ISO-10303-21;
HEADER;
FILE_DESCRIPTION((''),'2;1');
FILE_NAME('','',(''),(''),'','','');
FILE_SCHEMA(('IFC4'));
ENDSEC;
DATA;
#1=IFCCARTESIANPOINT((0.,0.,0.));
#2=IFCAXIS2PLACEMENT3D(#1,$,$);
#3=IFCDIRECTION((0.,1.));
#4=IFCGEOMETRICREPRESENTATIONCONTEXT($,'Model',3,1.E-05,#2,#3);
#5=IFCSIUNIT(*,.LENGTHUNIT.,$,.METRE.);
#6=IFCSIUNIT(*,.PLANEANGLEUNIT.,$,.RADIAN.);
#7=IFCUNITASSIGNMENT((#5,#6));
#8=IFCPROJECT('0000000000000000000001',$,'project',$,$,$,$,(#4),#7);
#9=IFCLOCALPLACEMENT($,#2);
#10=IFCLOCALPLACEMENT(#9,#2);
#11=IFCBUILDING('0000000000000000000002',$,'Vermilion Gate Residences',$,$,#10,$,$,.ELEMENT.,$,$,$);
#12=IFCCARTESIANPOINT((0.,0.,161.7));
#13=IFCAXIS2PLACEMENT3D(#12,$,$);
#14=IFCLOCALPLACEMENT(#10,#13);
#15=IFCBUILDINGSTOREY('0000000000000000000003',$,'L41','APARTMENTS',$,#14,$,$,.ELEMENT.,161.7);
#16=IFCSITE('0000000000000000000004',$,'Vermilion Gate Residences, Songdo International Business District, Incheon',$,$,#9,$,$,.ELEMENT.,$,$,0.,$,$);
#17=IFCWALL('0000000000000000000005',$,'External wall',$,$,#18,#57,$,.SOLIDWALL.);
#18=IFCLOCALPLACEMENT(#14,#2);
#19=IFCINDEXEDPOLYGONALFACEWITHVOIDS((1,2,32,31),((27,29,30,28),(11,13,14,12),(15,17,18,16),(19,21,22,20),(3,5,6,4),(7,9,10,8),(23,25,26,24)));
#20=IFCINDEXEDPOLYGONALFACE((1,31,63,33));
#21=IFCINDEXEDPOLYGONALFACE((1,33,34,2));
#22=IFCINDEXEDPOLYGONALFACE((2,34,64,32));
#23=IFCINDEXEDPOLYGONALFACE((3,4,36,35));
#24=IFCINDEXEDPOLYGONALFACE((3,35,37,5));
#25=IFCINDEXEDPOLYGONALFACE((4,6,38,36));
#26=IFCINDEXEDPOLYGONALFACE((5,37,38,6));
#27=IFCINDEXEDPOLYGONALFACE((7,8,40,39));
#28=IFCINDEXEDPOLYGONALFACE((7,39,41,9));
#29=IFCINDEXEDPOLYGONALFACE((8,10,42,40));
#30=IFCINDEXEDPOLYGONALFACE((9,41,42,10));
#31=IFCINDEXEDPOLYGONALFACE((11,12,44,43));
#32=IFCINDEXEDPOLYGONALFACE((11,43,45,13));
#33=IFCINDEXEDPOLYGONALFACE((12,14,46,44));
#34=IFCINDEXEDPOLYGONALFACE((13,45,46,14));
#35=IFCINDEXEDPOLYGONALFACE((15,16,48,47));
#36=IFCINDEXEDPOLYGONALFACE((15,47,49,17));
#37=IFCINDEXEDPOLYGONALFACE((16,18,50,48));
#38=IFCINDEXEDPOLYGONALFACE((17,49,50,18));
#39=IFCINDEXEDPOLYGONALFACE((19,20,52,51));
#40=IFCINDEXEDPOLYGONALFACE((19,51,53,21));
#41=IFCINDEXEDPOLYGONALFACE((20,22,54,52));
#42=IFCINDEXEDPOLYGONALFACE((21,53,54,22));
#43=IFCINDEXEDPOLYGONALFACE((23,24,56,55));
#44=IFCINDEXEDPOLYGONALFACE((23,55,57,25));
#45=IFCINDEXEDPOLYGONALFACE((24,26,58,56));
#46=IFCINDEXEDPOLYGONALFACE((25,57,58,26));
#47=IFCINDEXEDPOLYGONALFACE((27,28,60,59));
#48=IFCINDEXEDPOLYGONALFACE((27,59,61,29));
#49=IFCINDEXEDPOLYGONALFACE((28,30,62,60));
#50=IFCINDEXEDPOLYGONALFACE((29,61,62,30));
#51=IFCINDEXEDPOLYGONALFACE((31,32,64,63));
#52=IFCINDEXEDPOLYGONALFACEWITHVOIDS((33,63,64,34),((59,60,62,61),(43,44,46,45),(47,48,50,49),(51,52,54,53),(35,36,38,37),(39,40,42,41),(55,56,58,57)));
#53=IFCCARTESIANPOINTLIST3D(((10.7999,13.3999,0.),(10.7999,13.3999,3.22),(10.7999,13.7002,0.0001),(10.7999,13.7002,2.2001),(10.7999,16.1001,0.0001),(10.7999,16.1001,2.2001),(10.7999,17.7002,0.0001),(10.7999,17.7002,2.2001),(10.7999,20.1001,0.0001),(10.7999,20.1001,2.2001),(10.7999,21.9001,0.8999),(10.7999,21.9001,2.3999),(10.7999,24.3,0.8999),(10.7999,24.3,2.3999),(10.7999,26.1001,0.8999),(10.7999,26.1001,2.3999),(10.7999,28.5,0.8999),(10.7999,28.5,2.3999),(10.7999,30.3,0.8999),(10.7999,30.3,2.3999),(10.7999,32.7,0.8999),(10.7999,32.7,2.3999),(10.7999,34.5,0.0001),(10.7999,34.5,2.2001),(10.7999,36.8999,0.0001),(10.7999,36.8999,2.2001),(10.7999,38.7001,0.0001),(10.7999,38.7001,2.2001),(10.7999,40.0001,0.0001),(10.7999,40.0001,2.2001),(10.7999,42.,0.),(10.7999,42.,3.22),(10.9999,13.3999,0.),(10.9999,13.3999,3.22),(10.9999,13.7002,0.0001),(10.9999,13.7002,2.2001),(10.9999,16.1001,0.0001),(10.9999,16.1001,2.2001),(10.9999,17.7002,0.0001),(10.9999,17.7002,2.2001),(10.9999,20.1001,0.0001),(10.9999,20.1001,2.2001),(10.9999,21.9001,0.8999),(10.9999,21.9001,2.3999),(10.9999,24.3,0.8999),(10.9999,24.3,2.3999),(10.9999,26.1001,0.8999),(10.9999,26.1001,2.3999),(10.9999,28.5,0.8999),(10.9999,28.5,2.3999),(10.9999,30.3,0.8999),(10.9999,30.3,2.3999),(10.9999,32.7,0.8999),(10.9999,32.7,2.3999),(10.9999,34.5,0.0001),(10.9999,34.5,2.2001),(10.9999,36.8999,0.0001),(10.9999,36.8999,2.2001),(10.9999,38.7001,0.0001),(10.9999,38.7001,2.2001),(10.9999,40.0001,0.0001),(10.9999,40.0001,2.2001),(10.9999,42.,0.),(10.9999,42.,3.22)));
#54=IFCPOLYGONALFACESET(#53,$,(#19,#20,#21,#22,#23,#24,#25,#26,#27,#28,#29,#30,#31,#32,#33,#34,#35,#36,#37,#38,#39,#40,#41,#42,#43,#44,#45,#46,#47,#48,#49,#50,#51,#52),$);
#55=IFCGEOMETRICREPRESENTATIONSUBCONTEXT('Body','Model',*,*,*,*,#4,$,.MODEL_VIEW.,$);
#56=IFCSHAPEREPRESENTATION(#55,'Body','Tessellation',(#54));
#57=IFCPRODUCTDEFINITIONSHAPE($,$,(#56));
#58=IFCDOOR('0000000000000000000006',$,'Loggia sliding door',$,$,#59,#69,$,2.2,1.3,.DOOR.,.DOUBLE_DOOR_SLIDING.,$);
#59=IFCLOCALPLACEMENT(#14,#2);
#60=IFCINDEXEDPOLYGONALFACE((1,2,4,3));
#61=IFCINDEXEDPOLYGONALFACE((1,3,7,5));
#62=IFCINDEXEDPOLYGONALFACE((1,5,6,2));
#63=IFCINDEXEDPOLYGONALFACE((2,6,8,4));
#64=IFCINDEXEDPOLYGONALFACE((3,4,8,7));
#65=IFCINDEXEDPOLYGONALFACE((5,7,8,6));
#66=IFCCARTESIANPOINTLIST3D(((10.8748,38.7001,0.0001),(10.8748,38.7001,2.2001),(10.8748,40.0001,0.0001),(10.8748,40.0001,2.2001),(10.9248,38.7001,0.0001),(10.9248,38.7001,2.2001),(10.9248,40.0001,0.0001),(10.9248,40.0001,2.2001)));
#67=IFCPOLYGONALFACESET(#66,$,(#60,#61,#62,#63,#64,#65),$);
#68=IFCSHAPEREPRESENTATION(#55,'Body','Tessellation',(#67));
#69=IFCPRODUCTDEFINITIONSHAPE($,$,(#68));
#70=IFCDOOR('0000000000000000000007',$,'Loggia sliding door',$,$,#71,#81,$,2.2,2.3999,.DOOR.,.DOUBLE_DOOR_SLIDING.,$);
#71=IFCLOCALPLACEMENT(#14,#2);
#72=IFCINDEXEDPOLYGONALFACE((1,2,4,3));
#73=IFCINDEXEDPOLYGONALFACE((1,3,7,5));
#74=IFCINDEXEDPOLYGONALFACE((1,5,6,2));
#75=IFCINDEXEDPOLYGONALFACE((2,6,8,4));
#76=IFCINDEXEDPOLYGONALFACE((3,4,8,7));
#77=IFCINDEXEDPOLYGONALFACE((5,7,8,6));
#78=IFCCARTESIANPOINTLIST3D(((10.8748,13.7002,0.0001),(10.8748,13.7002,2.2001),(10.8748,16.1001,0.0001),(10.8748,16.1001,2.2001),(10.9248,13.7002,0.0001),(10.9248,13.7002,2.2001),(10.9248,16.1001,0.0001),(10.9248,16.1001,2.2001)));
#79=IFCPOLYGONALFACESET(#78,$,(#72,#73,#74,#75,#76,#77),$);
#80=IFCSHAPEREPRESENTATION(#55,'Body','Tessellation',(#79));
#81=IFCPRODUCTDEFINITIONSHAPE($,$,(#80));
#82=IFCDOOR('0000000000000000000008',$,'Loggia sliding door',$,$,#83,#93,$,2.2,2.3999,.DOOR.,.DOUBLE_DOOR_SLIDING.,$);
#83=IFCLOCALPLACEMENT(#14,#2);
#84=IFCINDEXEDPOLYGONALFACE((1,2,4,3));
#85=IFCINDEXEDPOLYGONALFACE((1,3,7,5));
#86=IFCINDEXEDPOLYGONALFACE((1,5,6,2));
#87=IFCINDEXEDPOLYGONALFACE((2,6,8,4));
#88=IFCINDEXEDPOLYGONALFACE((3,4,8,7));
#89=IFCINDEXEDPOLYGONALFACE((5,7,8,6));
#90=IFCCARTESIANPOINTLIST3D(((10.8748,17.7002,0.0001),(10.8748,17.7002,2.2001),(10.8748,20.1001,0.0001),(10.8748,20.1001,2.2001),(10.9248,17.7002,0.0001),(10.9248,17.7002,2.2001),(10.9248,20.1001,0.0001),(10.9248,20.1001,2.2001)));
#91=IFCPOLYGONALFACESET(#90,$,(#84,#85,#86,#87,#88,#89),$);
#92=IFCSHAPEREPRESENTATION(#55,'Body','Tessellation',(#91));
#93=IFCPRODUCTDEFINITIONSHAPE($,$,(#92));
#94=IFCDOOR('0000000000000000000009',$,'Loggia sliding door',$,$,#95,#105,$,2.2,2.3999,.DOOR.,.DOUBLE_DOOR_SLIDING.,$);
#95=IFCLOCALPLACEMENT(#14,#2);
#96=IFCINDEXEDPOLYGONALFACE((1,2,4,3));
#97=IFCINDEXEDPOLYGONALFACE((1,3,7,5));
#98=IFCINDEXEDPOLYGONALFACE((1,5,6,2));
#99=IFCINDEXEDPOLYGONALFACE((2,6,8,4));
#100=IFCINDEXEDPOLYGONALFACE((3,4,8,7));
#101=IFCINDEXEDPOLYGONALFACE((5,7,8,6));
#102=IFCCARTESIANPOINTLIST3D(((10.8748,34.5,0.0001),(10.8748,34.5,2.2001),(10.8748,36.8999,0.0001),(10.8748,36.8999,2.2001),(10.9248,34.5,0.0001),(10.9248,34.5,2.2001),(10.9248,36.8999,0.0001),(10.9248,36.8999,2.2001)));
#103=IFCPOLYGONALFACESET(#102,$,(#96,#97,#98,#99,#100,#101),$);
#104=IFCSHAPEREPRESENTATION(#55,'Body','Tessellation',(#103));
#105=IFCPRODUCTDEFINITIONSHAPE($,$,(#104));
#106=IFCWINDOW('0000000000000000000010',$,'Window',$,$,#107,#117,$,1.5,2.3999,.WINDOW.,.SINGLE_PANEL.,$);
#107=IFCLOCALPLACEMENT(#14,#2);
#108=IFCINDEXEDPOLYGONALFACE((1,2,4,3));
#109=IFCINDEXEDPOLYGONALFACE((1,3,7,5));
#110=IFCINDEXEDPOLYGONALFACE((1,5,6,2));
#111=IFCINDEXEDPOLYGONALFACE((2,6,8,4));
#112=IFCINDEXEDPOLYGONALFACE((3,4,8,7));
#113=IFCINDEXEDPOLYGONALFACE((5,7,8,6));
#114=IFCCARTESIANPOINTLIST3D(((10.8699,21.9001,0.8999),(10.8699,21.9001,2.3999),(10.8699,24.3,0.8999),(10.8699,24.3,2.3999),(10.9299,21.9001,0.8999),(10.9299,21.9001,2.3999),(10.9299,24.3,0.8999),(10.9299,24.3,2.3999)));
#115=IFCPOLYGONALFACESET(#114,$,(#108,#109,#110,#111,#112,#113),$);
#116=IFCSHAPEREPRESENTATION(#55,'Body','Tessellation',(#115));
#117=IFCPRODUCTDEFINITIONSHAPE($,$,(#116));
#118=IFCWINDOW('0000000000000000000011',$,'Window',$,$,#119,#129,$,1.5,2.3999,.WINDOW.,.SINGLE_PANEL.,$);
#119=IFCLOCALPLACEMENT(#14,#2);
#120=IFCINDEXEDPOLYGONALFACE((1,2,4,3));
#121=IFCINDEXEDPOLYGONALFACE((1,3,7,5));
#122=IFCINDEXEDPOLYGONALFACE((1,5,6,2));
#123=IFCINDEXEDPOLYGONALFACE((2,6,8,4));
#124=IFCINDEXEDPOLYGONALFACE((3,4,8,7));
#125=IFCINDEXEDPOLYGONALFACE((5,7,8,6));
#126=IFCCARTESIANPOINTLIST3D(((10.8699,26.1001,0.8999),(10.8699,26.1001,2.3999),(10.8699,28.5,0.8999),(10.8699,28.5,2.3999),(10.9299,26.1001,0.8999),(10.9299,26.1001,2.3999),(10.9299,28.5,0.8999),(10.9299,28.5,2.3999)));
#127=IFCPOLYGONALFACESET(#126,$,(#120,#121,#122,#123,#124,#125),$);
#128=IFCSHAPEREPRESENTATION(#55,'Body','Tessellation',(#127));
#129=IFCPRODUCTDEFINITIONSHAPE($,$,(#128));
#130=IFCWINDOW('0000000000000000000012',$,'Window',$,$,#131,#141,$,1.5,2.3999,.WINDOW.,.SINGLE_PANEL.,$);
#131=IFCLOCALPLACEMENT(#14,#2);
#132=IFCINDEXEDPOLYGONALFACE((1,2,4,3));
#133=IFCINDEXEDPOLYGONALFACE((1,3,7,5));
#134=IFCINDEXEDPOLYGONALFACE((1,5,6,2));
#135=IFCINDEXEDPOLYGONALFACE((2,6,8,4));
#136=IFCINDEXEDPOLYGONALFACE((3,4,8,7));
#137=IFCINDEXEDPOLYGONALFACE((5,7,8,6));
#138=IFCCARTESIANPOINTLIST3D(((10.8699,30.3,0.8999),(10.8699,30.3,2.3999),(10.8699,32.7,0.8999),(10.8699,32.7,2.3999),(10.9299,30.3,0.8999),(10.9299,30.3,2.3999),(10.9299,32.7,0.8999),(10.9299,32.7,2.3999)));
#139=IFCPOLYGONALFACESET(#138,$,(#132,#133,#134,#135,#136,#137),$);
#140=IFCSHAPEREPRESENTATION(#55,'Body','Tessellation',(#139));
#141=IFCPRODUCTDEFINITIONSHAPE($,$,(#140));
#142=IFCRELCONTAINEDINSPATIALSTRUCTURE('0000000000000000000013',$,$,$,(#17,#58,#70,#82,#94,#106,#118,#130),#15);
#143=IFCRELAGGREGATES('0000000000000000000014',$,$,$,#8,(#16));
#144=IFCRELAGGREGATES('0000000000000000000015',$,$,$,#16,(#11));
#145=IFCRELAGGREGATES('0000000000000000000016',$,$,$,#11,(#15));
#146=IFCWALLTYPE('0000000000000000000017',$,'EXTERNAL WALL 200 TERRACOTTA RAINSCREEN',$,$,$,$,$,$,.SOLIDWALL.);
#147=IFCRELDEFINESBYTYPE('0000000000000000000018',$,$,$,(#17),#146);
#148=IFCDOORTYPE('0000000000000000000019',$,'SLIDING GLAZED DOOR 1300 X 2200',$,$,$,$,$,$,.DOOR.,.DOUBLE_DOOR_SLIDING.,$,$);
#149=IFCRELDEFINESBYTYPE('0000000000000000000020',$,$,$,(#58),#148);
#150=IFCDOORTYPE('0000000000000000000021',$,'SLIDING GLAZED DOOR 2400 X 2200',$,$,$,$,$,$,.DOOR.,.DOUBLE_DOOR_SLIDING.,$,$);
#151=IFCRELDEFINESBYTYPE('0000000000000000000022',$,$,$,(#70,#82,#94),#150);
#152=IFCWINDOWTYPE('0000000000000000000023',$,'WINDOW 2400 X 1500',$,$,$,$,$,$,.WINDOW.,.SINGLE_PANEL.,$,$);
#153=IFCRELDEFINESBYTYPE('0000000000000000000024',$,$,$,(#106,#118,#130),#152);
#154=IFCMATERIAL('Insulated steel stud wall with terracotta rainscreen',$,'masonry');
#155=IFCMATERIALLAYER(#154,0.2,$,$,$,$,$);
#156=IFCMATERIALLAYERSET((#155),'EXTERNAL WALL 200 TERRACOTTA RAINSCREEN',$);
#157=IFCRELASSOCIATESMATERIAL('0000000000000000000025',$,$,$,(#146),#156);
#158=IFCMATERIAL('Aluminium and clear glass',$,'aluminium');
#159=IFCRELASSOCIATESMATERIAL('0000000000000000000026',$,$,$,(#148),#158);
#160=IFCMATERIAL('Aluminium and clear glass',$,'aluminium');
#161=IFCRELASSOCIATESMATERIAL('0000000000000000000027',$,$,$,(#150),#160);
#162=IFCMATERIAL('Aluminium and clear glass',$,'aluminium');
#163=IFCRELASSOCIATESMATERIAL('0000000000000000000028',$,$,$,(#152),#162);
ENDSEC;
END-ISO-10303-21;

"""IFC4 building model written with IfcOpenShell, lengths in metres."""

from ifc_helpers import new_model, si_unit, direction, frame, frame_2d, origin, place, context, subcontext, project, spatial, rectangle, extrude, material, layer, layer_set, type_object, element, fill, save


model = new_model("IFC4")

# Units and contexts
model_context = context("Model", 3, precision=1e-05, world=origin(), true_north=direction((0.0, 1.0)))
body_context = subcontext(model_context, "Body", "Model", "MODEL_VIEW")
ifc_project = project(units=[si_unit("LENGTHUNIT", "METRE"), si_unit("PLANEANGLEUNIT", "RADIAN")], contexts=[model_context])

# Site, building, storey
site_placement = place(None, origin())
site = spatial("IfcSite", under=ifc_project, at=site_placement, Name="Vermilion Gate Residences, Songdo International Business District, Incheon", CompositionType="ELEMENT", RefElevation=0.0)
building_placement = place(site_placement, origin())
building = spatial("IfcBuilding", under=site, at=building_placement, Name="Vermilion Gate Residences", CompositionType="ELEMENT")
storey_placement = place(building_placement, frame((0.0, 0.0, 161.7)))
storey = spatial("IfcBuildingStorey", under=building, at=storey_placement, Name="L41", Description="APARTMENTS", CompositionType="ELEMENT", Elevation=161.7)

# Wall, openings, doors, windows
ifc_material_1 = material(Name="Insulated steel stud wall with terracotta rainscreen", Category="masonry")
ifc_layer_1 = layer(ifc_material_1, 0.2)
ifc_layer_set_1 = layer_set([ifc_layer_1], Name="EXTERNAL WALL 200 TERRACOTTA RAINSCREEN")
wall_type_1 = type_object("IfcWallType", Name="EXTERNAL WALL 200 TERRACOTTA RAINSCREEN", PredefinedType="SOLIDWALL", material=ifc_layer_set_1)
wall_1_placement = place(storey_placement, frame((10.8999, 42.0, 0.0), z_axis=(0.0, 0.0, 1.0), x_axis=(0.0, -1.0, 0.0)))
wall_1 = element("IfcWall", 1, at=wall_1_placement, inside=storey, type_object=wall_type_1, Name="External wall", PredefinedType="SOLIDWALL", context=body_context, shape_type="SweptSolid", body=[
    extrude(rectangle(XDim=28.6001, YDim=0.2, at=frame_2d((14.3, 0.0))), origin(), (0.0, 0.0, 1.0), 3.22),
])
opening_1_placement = place(wall_1_placement, frame((25.8999, 0.0, 0.0)))
opening_1 = element("IfcOpeningElement", 2, at=opening_1_placement, cuts=wall_1, PredefinedType="OPENING", context=body_context, shape_type="SweptSolid", body=[
    extrude(rectangle(XDim=2.3999, YDim=2.2, at=frame_2d((1.2, 1.1001))), frame((0.0, 0.1099, 0.0), z_axis=(0.0, -1.0, 0.0), x_axis=(1.0, 0.0, 0.0)), (0.0, 0.0, 1.0), 0.22),
])
opening_2_placement = place(wall_1_placement, frame((21.8999, 0.0, 0.0)))
opening_2 = element("IfcOpeningElement", 3, at=opening_2_placement, cuts=wall_1, PredefinedType="OPENING", context=body_context, shape_type="SweptSolid", body=[
    extrude(rectangle(XDim=2.3999, YDim=2.2, at=frame_2d((1.2, 1.1001))), frame((0.0, 0.1099, 0.0), z_axis=(0.0, -1.0, 0.0), x_axis=(1.0, 0.0, 0.0)), (0.0, 0.0, 1.0), 0.22),
])
opening_3_placement = place(wall_1_placement, frame((17.7, 0.0, 0.8999)))
opening_3 = element("IfcOpeningElement", 4, at=opening_3_placement, cuts=wall_1, PredefinedType="OPENING", context=body_context, shape_type="SweptSolid", body=[
    extrude(rectangle(XDim=2.3999, YDim=1.5, at=frame_2d((1.2, 0.75))), frame((0.0, 0.1099, 0.0), z_axis=(0.0, -1.0, 0.0), x_axis=(1.0, 0.0, 0.0)), (0.0, 0.0, 1.0), 0.22),
])
opening_4_placement = place(wall_1_placement, frame((13.5, 0.0, 0.8999)))
opening_4 = element("IfcOpeningElement", 5, at=opening_4_placement, cuts=wall_1, PredefinedType="OPENING", context=body_context, shape_type="SweptSolid", body=[
    extrude(rectangle(XDim=2.3999, YDim=1.5, at=frame_2d((1.2, 0.75))), frame((0.0, 0.1099, 0.0), z_axis=(0.0, -1.0, 0.0), x_axis=(1.0, 0.0, 0.0)), (0.0, 0.0, 1.0), 0.22),
])
opening_5_placement = place(wall_1_placement, frame((9.3, 0.0, 0.8999)))
opening_5 = element("IfcOpeningElement", 6, at=opening_5_placement, cuts=wall_1, PredefinedType="OPENING", context=body_context, shape_type="SweptSolid", body=[
    extrude(rectangle(XDim=2.3999, YDim=1.5, at=frame_2d((1.2, 0.75))), frame((0.0, 0.1099, 0.0), z_axis=(0.0, -1.0, 0.0), x_axis=(1.0, 0.0, 0.0)), (0.0, 0.0, 1.0), 0.22),
])
opening_6_placement = place(wall_1_placement, frame((5.1001, 0.0, 0.0)))
opening_6 = element("IfcOpeningElement", 7, at=opening_6_placement, cuts=wall_1, PredefinedType="OPENING", context=body_context, shape_type="SweptSolid", body=[
    extrude(rectangle(XDim=2.3999, YDim=2.2, at=frame_2d((1.2, 1.1001))), frame((0.0, 0.1099, 0.0), z_axis=(0.0, -1.0, 0.0), x_axis=(1.0, 0.0, 0.0)), (0.0, 0.0, 1.0), 0.22),
])
opening_7_placement = place(wall_1_placement, frame((2.0, 0.0, 0.0)))
opening_7 = element("IfcOpeningElement", 8, at=opening_7_placement, cuts=wall_1, PredefinedType="OPENING", context=body_context, shape_type="SweptSolid", body=[
    extrude(rectangle(XDim=1.3, YDim=2.2, at=frame_2d((0.6499, 1.1001))), frame((0.0, 0.1099, 0.0), z_axis=(0.0, -1.0, 0.0), x_axis=(1.0, 0.0, 0.0)), (0.0, 0.0, 1.0), 0.22),
])
ifc_material_2 = material(Name="Aluminium and clear glass", Category="aluminium")
door_type_1 = type_object("IfcDoorType", Name="SLIDING GLAZED DOOR 1300 X 2200", OperationType="DOUBLE_DOOR_SLIDING", PredefinedType="DOOR", material=ifc_material_2)
door_1_placement = place(opening_7_placement, origin())
door_1 = element("IfcDoor", 9, at=door_1_placement, inside=storey, type_object=door_type_1, Name="Loggia sliding door", OperationType="DOUBLE_DOOR_SLIDING", OverallHeight=2.2, OverallWidth=1.3, PredefinedType="DOOR", context=body_context, shape_type="SweptSolid", body=[
    extrude(rectangle(XDim=1.3, YDim=2.2, at=frame_2d((0.6499, 1.1001))), frame((0.0, 0.0249, 0.0), z_axis=(0.0, -1.0, 0.0), x_axis=(1.0, 0.0, 0.0)), (0.0, 0.0, 1.0), 0.05),
])
fill(opening_7, door_1)
ifc_material_3 = material(Name="Aluminium and clear glass", Category="aluminium")
door_type_2 = type_object("IfcDoorType", Name="SLIDING GLAZED DOOR 2400 X 2200", OperationType="DOUBLE_DOOR_SLIDING", PredefinedType="DOOR", material=ifc_material_3)
door_2_placement = place(opening_1_placement, origin())
door_2 = element("IfcDoor", 10, at=door_2_placement, inside=storey, type_object=door_type_2, Name="Loggia sliding door", OperationType="DOUBLE_DOOR_SLIDING", OverallHeight=2.2, OverallWidth=2.3999, PredefinedType="DOOR", context=body_context, shape_type="SweptSolid", body=[
    extrude(rectangle(XDim=2.3999, YDim=2.2, at=frame_2d((1.2, 1.1001))), frame((0.0, 0.0249, 0.0), z_axis=(0.0, -1.0, 0.0), x_axis=(1.0, 0.0, 0.0)), (0.0, 0.0, 1.0), 0.05),
])
fill(opening_1, door_2)
door_3_placement = place(opening_2_placement, origin())
door_3 = element("IfcDoor", 11, at=door_3_placement, inside=storey, type_object=door_type_2, Name="Loggia sliding door", OperationType="DOUBLE_DOOR_SLIDING", OverallHeight=2.2, OverallWidth=2.3999, PredefinedType="DOOR", context=body_context, shape_type="SweptSolid", body=[
    extrude(rectangle(XDim=2.3999, YDim=2.2, at=frame_2d((1.2, 1.1001))), frame((0.0, 0.0249, 0.0), z_axis=(0.0, -1.0, 0.0), x_axis=(1.0, 0.0, 0.0)), (0.0, 0.0, 1.0), 0.05),
])
fill(opening_2, door_3)
door_4_placement = place(opening_6_placement, origin())
door_4 = element("IfcDoor", 12, at=door_4_placement, inside=storey, type_object=door_type_2, Name="Loggia sliding door", OperationType="DOUBLE_DOOR_SLIDING", OverallHeight=2.2, OverallWidth=2.3999, PredefinedType="DOOR", context=body_context, shape_type="SweptSolid", body=[
    extrude(rectangle(XDim=2.3999, YDim=2.2, at=frame_2d((1.2, 1.1001))), frame((0.0, 0.0249, 0.0), z_axis=(0.0, -1.0, 0.0), x_axis=(1.0, 0.0, 0.0)), (0.0, 0.0, 1.0), 0.05),
])
fill(opening_6, door_4)
ifc_material_4 = material(Name="Aluminium and clear glass", Category="aluminium")
window_type = type_object("IfcWindowType", Name="WINDOW 2400 X 1500", PartitioningType="SINGLE_PANEL", PredefinedType="WINDOW", material=ifc_material_4)
window_1_placement = place(opening_3_placement, origin())
window_1 = element("IfcWindow", 13, at=window_1_placement, inside=storey, type_object=window_type, Name="Window", OverallHeight=1.5, OverallWidth=2.3999, PartitioningType="SINGLE_PANEL", PredefinedType="WINDOW", context=body_context, shape_type="SweptSolid", body=[
    extrude(rectangle(XDim=2.3999, YDim=1.5, at=frame_2d((1.2, 0.75))), frame((0.0, 0.03, 0.0), z_axis=(0.0, -1.0, 0.0), x_axis=(1.0, 0.0, 0.0)), (0.0, 0.0, 1.0), 0.0601),
])
fill(opening_3, window_1)
window_2_placement = place(opening_4_placement, origin())
window_2 = element("IfcWindow", 14, at=window_2_placement, inside=storey, type_object=window_type, Name="Window", OverallHeight=1.5, OverallWidth=2.3999, PartitioningType="SINGLE_PANEL", PredefinedType="WINDOW", context=body_context, shape_type="SweptSolid", body=[
    extrude(rectangle(XDim=2.3999, YDim=1.5, at=frame_2d((1.2, 0.75))), frame((0.0, 0.03, 0.0), z_axis=(0.0, -1.0, 0.0), x_axis=(1.0, 0.0, 0.0)), (0.0, 0.0, 1.0), 0.0601),
])
fill(opening_4, window_2)
window_3_placement = place(opening_5_placement, origin())
window_3 = element("IfcWindow", 15, at=window_3_placement, inside=storey, type_object=window_type, Name="Window", OverallHeight=1.5, OverallWidth=2.3999, PartitioningType="SINGLE_PANEL", PredefinedType="WINDOW", context=body_context, shape_type="SweptSolid", body=[
    extrude(rectangle(XDim=2.3999, YDim=1.5, at=frame_2d((1.2, 0.75))), frame((0.0, 0.03, 0.0), z_axis=(0.0, -1.0, 0.0), x_axis=(1.0, 0.0, 0.0)), (0.0, 0.0, 1.0), 0.0601),
])
fill(opening_5, window_3)

save(model, "model.ifc")
